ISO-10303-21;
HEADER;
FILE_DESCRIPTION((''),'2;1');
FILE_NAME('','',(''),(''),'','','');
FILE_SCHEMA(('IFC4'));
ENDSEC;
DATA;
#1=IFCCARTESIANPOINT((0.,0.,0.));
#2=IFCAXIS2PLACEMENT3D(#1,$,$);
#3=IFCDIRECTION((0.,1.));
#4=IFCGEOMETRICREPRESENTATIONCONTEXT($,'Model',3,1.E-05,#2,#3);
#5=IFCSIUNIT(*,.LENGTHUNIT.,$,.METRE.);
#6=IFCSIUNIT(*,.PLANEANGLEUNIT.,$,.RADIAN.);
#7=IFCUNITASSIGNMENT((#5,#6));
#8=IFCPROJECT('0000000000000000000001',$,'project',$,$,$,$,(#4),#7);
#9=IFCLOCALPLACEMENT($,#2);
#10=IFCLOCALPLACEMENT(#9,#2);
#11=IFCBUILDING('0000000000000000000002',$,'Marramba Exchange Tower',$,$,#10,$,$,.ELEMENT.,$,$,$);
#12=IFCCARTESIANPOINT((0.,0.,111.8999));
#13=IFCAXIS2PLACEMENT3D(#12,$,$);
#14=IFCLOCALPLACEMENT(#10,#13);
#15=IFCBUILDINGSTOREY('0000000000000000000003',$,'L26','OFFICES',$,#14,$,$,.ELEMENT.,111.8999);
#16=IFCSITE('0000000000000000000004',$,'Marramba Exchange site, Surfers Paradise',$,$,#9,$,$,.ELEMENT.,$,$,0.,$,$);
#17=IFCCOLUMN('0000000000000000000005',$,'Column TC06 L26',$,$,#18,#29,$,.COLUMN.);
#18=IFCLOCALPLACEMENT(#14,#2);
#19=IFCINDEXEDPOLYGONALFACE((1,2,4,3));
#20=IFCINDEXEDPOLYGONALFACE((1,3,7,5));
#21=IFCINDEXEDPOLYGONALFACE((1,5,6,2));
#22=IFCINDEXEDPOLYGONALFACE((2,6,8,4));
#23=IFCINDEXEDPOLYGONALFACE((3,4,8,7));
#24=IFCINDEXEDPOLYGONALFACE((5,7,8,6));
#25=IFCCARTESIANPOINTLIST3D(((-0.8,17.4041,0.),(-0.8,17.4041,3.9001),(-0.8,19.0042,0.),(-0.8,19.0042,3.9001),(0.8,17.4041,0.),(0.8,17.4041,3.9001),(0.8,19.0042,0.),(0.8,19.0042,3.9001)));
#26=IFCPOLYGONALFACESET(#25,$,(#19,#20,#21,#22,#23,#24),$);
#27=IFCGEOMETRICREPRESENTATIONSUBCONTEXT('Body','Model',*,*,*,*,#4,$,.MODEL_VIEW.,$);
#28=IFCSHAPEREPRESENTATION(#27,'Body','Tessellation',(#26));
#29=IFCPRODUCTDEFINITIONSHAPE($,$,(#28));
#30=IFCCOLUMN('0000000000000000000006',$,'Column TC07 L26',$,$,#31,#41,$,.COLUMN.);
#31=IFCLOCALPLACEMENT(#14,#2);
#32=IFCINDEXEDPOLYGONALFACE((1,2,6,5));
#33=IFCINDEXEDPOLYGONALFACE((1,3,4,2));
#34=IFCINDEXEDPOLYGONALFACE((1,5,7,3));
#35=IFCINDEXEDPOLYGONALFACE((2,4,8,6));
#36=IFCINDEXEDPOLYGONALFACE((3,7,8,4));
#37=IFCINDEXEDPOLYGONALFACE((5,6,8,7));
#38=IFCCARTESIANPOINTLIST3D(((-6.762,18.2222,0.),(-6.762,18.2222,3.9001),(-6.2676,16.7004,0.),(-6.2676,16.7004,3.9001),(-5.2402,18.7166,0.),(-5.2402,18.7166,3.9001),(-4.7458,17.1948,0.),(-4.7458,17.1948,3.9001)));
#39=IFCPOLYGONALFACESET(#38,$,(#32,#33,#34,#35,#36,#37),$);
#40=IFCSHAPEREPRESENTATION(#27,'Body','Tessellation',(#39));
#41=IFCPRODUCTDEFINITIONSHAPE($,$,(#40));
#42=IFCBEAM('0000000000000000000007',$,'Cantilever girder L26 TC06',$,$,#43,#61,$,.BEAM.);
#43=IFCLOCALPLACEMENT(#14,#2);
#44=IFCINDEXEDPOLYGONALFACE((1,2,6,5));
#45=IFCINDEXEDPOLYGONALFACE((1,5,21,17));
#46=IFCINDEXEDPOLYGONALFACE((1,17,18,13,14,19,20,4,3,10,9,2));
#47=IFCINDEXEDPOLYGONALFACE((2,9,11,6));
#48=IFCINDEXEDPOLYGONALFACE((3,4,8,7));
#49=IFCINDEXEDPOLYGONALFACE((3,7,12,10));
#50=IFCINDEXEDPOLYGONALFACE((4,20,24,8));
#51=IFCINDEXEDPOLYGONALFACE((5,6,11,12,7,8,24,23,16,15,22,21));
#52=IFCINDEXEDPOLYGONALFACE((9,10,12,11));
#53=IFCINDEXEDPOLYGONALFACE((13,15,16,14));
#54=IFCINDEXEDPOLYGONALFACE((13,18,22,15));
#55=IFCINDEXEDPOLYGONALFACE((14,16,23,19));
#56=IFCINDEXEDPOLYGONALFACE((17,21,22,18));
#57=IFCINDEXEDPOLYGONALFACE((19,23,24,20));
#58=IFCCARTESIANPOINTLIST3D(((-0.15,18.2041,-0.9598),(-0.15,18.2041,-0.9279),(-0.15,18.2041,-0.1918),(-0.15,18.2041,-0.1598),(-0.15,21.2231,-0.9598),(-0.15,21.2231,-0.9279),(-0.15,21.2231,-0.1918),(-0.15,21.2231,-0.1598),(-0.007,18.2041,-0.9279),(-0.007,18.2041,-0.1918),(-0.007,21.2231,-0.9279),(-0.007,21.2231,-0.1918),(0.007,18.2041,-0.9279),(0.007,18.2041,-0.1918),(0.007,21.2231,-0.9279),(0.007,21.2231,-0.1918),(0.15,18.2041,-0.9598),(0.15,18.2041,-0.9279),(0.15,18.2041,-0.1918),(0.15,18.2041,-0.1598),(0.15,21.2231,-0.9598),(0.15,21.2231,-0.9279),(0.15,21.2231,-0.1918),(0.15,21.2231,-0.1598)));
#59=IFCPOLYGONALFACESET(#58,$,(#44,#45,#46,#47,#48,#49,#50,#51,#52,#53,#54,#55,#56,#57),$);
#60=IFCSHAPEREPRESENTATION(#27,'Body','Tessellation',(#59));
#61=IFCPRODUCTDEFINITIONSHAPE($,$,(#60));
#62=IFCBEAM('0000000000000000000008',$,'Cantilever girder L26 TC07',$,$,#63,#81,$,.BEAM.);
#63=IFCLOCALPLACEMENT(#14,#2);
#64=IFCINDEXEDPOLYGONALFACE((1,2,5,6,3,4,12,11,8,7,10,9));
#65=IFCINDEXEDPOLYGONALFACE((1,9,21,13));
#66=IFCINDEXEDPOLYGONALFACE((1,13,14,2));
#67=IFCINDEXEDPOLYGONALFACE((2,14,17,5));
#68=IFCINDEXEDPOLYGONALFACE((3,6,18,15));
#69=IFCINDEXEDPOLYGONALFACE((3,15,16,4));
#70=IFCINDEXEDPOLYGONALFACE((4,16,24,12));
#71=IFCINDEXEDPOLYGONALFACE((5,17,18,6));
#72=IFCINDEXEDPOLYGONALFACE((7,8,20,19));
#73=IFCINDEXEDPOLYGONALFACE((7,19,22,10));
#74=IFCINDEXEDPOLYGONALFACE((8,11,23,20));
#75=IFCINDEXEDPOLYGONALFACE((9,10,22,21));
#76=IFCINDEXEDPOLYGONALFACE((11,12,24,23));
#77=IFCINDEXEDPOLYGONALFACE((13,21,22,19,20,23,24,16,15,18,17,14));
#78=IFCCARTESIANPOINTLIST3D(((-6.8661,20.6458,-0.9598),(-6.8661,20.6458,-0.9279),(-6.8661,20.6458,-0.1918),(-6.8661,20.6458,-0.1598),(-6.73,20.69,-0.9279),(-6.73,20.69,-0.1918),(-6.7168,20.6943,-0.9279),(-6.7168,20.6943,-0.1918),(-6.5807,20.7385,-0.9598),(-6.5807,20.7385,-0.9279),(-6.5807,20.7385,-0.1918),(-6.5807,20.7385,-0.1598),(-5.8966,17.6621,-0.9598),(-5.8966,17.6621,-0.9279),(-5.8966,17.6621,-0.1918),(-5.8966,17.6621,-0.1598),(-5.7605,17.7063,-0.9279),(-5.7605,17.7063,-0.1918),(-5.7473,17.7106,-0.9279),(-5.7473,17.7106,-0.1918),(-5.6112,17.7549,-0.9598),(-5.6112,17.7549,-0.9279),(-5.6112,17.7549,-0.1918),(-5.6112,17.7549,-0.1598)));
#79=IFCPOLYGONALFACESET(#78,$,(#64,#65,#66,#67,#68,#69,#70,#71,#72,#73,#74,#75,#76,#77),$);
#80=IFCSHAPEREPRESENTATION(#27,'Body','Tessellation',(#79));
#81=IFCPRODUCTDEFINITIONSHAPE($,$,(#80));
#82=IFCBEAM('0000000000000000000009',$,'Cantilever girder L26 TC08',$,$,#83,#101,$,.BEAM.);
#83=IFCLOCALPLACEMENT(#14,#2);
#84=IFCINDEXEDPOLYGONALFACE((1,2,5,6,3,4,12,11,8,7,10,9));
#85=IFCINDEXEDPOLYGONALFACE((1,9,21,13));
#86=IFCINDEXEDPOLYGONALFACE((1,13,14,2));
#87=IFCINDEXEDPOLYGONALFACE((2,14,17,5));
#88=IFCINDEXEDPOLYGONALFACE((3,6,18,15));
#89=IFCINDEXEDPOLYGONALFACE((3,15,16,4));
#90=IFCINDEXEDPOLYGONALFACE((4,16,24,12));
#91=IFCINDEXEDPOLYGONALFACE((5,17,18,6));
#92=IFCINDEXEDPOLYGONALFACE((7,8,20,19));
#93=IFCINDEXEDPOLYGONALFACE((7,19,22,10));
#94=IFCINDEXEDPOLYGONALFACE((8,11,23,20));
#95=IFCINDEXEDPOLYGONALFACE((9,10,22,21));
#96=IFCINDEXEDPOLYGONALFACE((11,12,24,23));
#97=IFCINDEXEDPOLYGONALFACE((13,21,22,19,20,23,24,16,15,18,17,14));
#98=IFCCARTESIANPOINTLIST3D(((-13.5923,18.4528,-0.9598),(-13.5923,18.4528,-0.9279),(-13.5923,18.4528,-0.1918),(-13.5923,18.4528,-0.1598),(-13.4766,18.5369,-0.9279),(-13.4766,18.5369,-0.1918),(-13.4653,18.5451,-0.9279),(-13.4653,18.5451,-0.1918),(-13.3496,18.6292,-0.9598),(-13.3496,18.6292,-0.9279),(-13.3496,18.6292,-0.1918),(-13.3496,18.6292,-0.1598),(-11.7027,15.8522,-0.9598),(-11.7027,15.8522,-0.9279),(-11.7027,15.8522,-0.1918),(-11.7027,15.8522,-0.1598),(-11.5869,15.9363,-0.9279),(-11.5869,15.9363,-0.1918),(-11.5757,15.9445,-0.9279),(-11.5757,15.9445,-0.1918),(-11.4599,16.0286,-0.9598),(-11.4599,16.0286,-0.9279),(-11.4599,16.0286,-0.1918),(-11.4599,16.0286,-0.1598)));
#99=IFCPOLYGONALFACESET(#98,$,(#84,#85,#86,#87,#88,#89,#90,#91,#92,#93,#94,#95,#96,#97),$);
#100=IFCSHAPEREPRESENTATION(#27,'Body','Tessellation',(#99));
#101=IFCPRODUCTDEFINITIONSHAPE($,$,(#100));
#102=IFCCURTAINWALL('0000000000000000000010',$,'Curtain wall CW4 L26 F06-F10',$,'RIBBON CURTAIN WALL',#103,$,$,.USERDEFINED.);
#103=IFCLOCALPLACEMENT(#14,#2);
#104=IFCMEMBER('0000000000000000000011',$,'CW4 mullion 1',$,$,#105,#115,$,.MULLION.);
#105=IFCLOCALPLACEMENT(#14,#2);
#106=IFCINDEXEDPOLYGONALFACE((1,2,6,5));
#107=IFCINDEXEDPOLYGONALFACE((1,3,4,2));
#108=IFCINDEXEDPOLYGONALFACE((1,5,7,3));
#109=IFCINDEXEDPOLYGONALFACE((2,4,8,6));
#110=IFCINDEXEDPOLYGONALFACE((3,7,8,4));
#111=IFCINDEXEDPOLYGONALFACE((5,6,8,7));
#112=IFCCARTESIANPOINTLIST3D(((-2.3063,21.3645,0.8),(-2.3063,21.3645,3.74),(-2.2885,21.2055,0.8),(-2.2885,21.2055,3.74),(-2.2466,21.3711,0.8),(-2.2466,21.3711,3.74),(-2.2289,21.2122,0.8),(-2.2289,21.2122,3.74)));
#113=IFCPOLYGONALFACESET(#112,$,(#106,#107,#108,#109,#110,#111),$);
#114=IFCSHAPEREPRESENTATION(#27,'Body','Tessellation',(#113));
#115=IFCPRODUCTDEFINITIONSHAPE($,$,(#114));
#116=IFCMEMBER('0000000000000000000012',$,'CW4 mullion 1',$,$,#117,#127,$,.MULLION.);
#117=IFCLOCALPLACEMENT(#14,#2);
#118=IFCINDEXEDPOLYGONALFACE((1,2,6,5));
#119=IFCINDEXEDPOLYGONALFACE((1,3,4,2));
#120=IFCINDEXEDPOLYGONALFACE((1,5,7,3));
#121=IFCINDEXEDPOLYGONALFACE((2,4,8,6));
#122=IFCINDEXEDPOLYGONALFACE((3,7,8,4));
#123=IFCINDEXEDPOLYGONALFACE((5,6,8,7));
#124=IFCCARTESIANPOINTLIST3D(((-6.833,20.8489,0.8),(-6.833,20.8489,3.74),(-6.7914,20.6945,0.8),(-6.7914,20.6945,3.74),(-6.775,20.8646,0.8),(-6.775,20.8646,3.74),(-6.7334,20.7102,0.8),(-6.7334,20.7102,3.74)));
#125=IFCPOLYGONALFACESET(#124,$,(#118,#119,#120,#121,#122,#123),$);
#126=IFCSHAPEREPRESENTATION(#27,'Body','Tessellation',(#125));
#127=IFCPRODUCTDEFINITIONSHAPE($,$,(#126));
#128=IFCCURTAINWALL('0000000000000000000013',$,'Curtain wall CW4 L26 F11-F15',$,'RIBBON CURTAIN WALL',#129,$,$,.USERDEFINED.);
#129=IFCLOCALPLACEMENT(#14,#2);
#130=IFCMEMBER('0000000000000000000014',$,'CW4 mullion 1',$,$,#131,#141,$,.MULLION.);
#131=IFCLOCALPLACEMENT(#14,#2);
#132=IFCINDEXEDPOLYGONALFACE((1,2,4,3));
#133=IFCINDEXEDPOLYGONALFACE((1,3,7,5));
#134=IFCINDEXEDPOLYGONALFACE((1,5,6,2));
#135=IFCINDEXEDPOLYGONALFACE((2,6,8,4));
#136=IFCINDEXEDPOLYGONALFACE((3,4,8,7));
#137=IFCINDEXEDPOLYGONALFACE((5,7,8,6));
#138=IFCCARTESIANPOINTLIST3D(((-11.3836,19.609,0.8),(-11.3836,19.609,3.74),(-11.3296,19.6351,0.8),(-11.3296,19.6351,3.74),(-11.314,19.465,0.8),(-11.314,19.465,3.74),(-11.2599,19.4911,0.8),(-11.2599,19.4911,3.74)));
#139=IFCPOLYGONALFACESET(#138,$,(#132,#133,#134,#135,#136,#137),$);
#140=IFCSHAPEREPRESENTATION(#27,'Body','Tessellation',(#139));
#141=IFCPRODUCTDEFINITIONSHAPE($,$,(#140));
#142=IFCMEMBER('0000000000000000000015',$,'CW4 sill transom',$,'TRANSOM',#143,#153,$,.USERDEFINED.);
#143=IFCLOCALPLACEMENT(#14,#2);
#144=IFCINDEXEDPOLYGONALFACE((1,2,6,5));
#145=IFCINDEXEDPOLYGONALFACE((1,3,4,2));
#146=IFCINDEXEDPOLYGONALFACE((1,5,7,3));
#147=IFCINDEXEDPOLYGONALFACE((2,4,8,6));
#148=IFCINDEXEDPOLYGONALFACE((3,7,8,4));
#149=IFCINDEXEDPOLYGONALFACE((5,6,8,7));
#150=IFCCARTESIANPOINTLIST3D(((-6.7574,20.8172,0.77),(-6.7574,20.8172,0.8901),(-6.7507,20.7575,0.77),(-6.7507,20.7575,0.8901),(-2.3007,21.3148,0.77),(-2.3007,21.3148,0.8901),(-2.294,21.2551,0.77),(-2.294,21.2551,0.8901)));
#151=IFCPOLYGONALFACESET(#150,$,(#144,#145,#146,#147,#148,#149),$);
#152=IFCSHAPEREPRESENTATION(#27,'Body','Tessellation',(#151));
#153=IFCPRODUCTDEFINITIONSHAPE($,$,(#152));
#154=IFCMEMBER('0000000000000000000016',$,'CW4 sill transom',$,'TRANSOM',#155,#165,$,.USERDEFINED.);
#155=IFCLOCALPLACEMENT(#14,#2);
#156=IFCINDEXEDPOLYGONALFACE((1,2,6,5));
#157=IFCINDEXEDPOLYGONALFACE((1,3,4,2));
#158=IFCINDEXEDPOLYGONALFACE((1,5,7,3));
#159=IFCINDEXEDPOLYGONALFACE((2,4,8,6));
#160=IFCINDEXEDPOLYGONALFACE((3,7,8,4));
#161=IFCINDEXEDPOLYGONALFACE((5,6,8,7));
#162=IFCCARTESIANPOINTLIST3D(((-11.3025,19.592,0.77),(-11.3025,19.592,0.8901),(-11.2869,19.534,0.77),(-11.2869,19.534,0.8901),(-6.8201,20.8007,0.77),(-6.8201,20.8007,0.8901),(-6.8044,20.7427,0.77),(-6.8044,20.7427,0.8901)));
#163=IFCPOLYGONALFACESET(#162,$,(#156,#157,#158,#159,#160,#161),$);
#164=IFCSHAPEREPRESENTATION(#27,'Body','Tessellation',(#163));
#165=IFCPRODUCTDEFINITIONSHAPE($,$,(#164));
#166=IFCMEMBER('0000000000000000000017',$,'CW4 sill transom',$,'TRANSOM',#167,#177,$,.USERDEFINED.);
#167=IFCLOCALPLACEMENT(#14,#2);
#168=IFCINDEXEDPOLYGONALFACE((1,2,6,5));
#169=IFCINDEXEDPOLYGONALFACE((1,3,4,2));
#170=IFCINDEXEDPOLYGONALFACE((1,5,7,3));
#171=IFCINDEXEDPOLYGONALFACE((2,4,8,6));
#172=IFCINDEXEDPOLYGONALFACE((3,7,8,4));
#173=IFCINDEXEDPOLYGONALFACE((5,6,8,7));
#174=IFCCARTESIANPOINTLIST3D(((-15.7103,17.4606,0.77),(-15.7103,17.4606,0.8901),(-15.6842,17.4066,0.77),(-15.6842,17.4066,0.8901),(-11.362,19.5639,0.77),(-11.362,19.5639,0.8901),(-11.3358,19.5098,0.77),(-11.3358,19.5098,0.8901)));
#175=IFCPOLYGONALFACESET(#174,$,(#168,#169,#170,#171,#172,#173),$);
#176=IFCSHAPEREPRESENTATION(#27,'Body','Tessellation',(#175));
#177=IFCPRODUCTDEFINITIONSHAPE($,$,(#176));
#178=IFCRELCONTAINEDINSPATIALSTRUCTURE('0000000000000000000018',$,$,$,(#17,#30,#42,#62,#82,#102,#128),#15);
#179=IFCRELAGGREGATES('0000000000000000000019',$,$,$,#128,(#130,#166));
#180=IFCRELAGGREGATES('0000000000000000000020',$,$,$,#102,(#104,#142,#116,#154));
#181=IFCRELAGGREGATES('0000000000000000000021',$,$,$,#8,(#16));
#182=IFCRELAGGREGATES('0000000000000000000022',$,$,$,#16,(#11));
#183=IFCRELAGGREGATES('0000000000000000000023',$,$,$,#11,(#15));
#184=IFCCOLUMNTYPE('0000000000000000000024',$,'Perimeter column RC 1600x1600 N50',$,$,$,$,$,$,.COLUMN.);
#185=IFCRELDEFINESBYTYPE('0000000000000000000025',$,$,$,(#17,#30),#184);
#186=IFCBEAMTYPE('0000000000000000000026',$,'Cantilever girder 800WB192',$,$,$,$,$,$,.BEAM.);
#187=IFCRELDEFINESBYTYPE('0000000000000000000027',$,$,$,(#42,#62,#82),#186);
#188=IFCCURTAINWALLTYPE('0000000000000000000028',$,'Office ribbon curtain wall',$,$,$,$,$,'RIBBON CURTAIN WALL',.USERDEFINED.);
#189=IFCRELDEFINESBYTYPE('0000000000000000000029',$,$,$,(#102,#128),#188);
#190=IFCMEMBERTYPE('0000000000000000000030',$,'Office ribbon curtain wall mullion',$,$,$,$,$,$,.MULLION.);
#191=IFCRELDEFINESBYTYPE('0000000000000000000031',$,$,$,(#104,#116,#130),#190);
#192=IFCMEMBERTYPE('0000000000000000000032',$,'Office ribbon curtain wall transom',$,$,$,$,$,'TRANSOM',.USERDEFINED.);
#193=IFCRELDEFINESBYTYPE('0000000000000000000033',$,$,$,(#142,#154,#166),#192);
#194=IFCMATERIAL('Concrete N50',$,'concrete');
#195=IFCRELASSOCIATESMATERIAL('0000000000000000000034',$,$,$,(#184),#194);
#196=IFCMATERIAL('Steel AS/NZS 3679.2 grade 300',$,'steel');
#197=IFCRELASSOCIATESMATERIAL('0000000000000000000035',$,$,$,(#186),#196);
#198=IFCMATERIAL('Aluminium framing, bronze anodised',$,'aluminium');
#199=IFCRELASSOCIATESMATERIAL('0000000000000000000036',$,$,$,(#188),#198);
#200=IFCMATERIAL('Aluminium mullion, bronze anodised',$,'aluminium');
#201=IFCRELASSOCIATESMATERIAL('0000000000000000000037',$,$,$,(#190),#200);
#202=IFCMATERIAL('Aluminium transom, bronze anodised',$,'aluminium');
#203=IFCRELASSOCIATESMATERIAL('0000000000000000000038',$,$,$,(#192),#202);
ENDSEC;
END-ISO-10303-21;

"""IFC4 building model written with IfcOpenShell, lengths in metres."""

from ifc_helpers import new_model, si_unit, direction, frame, origin, origin_2d, place, context, subcontext, project, spatial, rectangle, i_section, extrude, material, material_profile, profile_set, type_object, element, aggregate, save


model = new_model("IFC4")

# Units and contexts
model_context = context("Model", 3, precision=1e-05, world=origin(), true_north=direction((0.0, 1.0)))
body_context = subcontext(model_context, "Body", "Model", "MODEL_VIEW")
ifc_project = project(units=[si_unit("LENGTHUNIT", "METRE"), si_unit("PLANEANGLEUNIT", "RADIAN")], contexts=[model_context])

# Site, building, storey
site_placement = place(None, origin())
site = spatial("IfcSite", under=ifc_project, at=site_placement, Name="Marramba Exchange site, Surfers Paradise", CompositionType="ELEMENT", RefElevation=0.0)
building_placement = place(site_placement, origin())
building = spatial("IfcBuilding", under=site, at=building_placement, Name="Marramba Exchange Tower", CompositionType="ELEMENT")
storey_placement = place(building_placement, frame((0.0, 0.0, 111.8999)))
storey = spatial("IfcBuildingStorey", under=building, at=storey_placement, Name="L26", Description="OFFICES", CompositionType="ELEMENT", Elevation=111.8999)

# Columns
ifc_material_1 = material(Name="Concrete N50", Category="concrete")
ifc_material_profile_1 = material_profile(ifc_material_1, rectangle(XDim=1.6001, YDim=1.6001, at=origin_2d()), Name="RC 1600x1600")
ifc_profile_set_1 = profile_set([ifc_material_profile_1], Name="Concrete N50")
column_type = type_object("IfcColumnType", Name="Perimeter column RC 1600x1600 N50", PredefinedType="COLUMN", material=ifc_profile_set_1)
for number, where, z_axis, x_axis, name in (
    (1, (0.0, 18.2041, 0.0), (0.0, 0.0, 1.0), (0.0, 1.0, 0.0), "Column TC06 L26"),
    (2, (-5.7539, 17.7085, 0.0), (0.0, 0.0, 1.0), (-0.309017, 0.951057, 0.0), "Column TC07 L26"),
):
    element("IfcColumn", number, at=place(storey_placement, frame(where, z_axis=z_axis, x_axis=x_axis)), inside=storey, type_object=column_type, Name=name, PredefinedType="COLUMN", context=body_context, shape_type="SweptSolid", body=[
        extrude(rectangle(XDim=1.6001, YDim=1.6001, at=origin_2d()), origin(), (0.0, 0.0, 1.0), 3.9001),
    ])

# Beams
ifc_material_2 = material(Name="Steel AS/NZS 3679.2 grade 300", Category="steel")
ifc_material_profile_2 = material_profile(ifc_material_2, i_section(OverallWidth=0.3, OverallDepth=0.8, WebThickness=0.0139, FlangeThickness=0.032, at=origin_2d()), Name="800WB192")
ifc_profile_set_2 = profile_set([ifc_material_profile_2], Name="Steel AS/NZS 3679.2 grade 300")
beam_type_1 = type_object("IfcBeamType", Name="Cantilever girder 800WB192", PredefinedType="BEAM", material=ifc_profile_set_2)
beam_1_placement = place(storey_placement, frame((0.0, 18.2041, -0.5598), z_axis=(0.0, 1.0, 0.0), x_axis=(-1.0, 0.0, 0.0)))
element("IfcBeam", 3, at=beam_1_placement, inside=storey, type_object=beam_type_1, Name="Cantilever girder L26 TC06", PredefinedType="BEAM", context=body_context, shape_type="SweptSolid", body=[
    extrude(i_section(OverallWidth=0.3, OverallDepth=0.8, WebThickness=0.0139, FlangeThickness=0.032, at=origin_2d()), origin(), (0.0, 0.0, 1.0), 3.019),
])
beam_2_placement = place(storey_placement, frame((-5.7539, 17.7085, -0.5598), z_axis=(-0.309028, 0.951053, 0.0), x_axis=(-0.951053, -0.309028, 0.0)))
element("IfcBeam", 4, at=beam_2_placement, inside=storey, type_object=beam_type_1, Name="Cantilever girder L26 TC07", PredefinedType="BEAM", context=body_context, shape_type="SweptSolid", body=[
    extrude(i_section(OverallWidth=0.3, OverallDepth=0.8, WebThickness=0.0139, FlangeThickness=0.032, at=origin_2d()), origin(), (0.0, 0.0, 1.0), 3.1372),
])
beam_3_placement = place(storey_placement, frame((-11.5813, 15.9404, -0.5598), z_axis=(-0.587828, 0.808986, 0.0), x_axis=(-0.808986, -0.587828, 0.0)))
element("IfcBeam", 5, at=beam_3_placement, inside=storey, type_object=beam_type_1, Name="Cantilever girder L26 TC08", PredefinedType="BEAM", context=body_context, shape_type="SweptSolid", body=[
    extrude(i_section(OverallWidth=0.3, OverallDepth=0.8, WebThickness=0.0139, FlangeThickness=0.032, at=origin_2d()), origin(), (0.0, 0.0, 1.0), 3.2146),
])

# Curtain wall, members
ifc_material_3 = material(Name="Aluminium framing, bronze anodised", Category="aluminium")
curtain_wall_type = type_object("IfcCurtainWallType", Name="Office ribbon curtain wall", ElementType="RIBBON CURTAIN WALL", PredefinedType="USERDEFINED", material=ifc_material_3)
curtain_wall_1_placement = place(storey_placement, origin())
curtain_wall_1 = element("IfcCurtainWall", 6, at=curtain_wall_1_placement, inside=storey, type_object=curtain_wall_type, Name="Curtain wall CW4 L26 F06-F10", ObjectType="RIBBON CURTAIN WALL", PredefinedType="USERDEFINED")
ifc_material_4 = material(Name="Aluminium mullion, bronze anodised", Category="aluminium")
ifc_material_profile_3 = material_profile(ifc_material_4, rectangle(XDim=0.1599, YDim=0.0601, at=origin_2d()), Name="CW4 mullion 60x160")
ifc_profile_set_3 = profile_set([ifc_material_profile_3], Name="Aluminium mullion, bronze anodised")
member_type_1 = type_object("IfcMemberType", Name="Office ribbon curtain wall mullion", PredefinedType="MULLION", material=ifc_profile_set_3)
member_1_placement = place(storey_placement, frame((-2.2676, 21.2883, 0.8), z_axis=(0.0, 0.0, 1.0), x_axis=(0.110973, -0.993823, 0.0)))
member_1 = element("IfcMember", 7, at=member_1_placement, type_object=member_type_1, Name="CW4 mullion 1", PredefinedType="MULLION", context=body_context, shape_type="SweptSolid", body=[
    extrude(rectangle(XDim=0.1599, YDim=0.0601, at=origin_2d()), origin(), (0.0, 0.0, 1.0), 2.9399),
])
member_2_placement = place(storey_placement, frame((-6.7832, 20.7795, 0.8), z_axis=(0.0, 0.0, 1.0), x_axis=(0.260321, -0.965522, 0.0)))
member_2 = element("IfcMember", 8, at=member_2_placement, type_object=member_type_1, Name="CW4 mullion 1", PredefinedType="MULLION", context=body_context, shape_type="SweptSolid", body=[
    extrude(rectangle(XDim=0.1599, YDim=0.0601, at=origin_2d()), origin(), (0.0, 0.0, 1.0), 2.9399),
])

# Curtain wall, member
curtain_wall_2_placement = place(storey_placement, origin())
curtain_wall_2 = element("IfcCurtainWall", 9, at=curtain_wall_2_placement, inside=storey, type_object=curtain_wall_type, Name="Curtain wall CW4 L26 F11-F15", ObjectType="RIBBON CURTAIN WALL", PredefinedType="USERDEFINED")
member_3_placement = place(storey_placement, frame((-11.3218, 19.55, 0.8), z_axis=(0.0, 0.0, 1.0), x_axis=(0.435428, -0.900224, 0.0)))
member_3 = element("IfcMember", 10, at=member_3_placement, type_object=member_type_1, Name="CW4 mullion 1", PredefinedType="MULLION", context=body_context, shape_type="SweptSolid", body=[
    extrude(rectangle(XDim=0.1599, YDim=0.0601, at=origin_2d()), origin(), (0.0, 0.0, 1.0), 2.9399),
])

# Members
ifc_material_5 = material(Name="Aluminium transom, bronze anodised", Category="aluminium")
ifc_material_profile_4 = material_profile(ifc_material_5, rectangle(XDim=0.0601, YDim=0.1201, at=origin_2d()), Name="CW4 transom 60x120")
ifc_profile_set_4 = profile_set([ifc_material_profile_4], Name="Aluminium transom, bronze anodised")
member_type_2 = type_object("IfcMemberType", Name="Office ribbon curtain wall transom", ElementType="TRANSOM", PredefinedType="USERDEFINED", material=ifc_profile_set_4)
member_4_placement = place(storey_placement, frame((-2.2974, 21.2849, 0.8301), z_axis=(-0.993826, -0.110951, 0.0), x_axis=(0.110951, -0.993826, 0.0)))
member_4 = element("IfcMember", 11, at=member_4_placement, type_object=member_type_2, Name="CW4 sill transom", ObjectType="TRANSOM", PredefinedType="USERDEFINED", context=body_context, shape_type="SweptSolid", body=[
    extrude(rectangle(XDim=0.0601, YDim=0.1201, at=origin_2d()), origin(), (0.0, 0.0, 1.0), 4.4844),
])
member_5_placement = place(storey_placement, frame((-6.8123, 20.7717, 0.8301), z_axis=(-0.965511, -0.260362, 0.0), x_axis=(0.260362, -0.965511, 0.0)))
member_5 = element("IfcMember", 12, at=member_5_placement, type_object=member_type_2, Name="CW4 sill transom", ObjectType="TRANSOM", PredefinedType="USERDEFINED", context=body_context, shape_type="SweptSolid", body=[
    extrude(rectangle(XDim=0.0601, YDim=0.1201, at=origin_2d()), origin(), (0.0, 0.0, 1.0), 4.6426),
])
member_6_placement = place(storey_placement, frame((-11.3489, 19.5369, 0.8301), z_axis=(-0.900223, -0.435429, 0.0), x_axis=(0.435429, -0.900223, 0.0)))
member_6 = element("IfcMember", 13, at=member_6_placement, type_object=member_type_2, Name="CW4 sill transom", ObjectType="TRANSOM", PredefinedType="USERDEFINED", context=body_context, shape_type="SweptSolid", body=[
    extrude(rectangle(XDim=0.0601, YDim=0.1201, at=origin_2d()), origin(), (0.0, 0.0, 1.0), 4.8303),
])
aggregate(curtain_wall_2, [member_3, member_6])

aggregate(curtain_wall_1, [member_1, member_4, member_2, member_5])

save(model, "model.ifc")
